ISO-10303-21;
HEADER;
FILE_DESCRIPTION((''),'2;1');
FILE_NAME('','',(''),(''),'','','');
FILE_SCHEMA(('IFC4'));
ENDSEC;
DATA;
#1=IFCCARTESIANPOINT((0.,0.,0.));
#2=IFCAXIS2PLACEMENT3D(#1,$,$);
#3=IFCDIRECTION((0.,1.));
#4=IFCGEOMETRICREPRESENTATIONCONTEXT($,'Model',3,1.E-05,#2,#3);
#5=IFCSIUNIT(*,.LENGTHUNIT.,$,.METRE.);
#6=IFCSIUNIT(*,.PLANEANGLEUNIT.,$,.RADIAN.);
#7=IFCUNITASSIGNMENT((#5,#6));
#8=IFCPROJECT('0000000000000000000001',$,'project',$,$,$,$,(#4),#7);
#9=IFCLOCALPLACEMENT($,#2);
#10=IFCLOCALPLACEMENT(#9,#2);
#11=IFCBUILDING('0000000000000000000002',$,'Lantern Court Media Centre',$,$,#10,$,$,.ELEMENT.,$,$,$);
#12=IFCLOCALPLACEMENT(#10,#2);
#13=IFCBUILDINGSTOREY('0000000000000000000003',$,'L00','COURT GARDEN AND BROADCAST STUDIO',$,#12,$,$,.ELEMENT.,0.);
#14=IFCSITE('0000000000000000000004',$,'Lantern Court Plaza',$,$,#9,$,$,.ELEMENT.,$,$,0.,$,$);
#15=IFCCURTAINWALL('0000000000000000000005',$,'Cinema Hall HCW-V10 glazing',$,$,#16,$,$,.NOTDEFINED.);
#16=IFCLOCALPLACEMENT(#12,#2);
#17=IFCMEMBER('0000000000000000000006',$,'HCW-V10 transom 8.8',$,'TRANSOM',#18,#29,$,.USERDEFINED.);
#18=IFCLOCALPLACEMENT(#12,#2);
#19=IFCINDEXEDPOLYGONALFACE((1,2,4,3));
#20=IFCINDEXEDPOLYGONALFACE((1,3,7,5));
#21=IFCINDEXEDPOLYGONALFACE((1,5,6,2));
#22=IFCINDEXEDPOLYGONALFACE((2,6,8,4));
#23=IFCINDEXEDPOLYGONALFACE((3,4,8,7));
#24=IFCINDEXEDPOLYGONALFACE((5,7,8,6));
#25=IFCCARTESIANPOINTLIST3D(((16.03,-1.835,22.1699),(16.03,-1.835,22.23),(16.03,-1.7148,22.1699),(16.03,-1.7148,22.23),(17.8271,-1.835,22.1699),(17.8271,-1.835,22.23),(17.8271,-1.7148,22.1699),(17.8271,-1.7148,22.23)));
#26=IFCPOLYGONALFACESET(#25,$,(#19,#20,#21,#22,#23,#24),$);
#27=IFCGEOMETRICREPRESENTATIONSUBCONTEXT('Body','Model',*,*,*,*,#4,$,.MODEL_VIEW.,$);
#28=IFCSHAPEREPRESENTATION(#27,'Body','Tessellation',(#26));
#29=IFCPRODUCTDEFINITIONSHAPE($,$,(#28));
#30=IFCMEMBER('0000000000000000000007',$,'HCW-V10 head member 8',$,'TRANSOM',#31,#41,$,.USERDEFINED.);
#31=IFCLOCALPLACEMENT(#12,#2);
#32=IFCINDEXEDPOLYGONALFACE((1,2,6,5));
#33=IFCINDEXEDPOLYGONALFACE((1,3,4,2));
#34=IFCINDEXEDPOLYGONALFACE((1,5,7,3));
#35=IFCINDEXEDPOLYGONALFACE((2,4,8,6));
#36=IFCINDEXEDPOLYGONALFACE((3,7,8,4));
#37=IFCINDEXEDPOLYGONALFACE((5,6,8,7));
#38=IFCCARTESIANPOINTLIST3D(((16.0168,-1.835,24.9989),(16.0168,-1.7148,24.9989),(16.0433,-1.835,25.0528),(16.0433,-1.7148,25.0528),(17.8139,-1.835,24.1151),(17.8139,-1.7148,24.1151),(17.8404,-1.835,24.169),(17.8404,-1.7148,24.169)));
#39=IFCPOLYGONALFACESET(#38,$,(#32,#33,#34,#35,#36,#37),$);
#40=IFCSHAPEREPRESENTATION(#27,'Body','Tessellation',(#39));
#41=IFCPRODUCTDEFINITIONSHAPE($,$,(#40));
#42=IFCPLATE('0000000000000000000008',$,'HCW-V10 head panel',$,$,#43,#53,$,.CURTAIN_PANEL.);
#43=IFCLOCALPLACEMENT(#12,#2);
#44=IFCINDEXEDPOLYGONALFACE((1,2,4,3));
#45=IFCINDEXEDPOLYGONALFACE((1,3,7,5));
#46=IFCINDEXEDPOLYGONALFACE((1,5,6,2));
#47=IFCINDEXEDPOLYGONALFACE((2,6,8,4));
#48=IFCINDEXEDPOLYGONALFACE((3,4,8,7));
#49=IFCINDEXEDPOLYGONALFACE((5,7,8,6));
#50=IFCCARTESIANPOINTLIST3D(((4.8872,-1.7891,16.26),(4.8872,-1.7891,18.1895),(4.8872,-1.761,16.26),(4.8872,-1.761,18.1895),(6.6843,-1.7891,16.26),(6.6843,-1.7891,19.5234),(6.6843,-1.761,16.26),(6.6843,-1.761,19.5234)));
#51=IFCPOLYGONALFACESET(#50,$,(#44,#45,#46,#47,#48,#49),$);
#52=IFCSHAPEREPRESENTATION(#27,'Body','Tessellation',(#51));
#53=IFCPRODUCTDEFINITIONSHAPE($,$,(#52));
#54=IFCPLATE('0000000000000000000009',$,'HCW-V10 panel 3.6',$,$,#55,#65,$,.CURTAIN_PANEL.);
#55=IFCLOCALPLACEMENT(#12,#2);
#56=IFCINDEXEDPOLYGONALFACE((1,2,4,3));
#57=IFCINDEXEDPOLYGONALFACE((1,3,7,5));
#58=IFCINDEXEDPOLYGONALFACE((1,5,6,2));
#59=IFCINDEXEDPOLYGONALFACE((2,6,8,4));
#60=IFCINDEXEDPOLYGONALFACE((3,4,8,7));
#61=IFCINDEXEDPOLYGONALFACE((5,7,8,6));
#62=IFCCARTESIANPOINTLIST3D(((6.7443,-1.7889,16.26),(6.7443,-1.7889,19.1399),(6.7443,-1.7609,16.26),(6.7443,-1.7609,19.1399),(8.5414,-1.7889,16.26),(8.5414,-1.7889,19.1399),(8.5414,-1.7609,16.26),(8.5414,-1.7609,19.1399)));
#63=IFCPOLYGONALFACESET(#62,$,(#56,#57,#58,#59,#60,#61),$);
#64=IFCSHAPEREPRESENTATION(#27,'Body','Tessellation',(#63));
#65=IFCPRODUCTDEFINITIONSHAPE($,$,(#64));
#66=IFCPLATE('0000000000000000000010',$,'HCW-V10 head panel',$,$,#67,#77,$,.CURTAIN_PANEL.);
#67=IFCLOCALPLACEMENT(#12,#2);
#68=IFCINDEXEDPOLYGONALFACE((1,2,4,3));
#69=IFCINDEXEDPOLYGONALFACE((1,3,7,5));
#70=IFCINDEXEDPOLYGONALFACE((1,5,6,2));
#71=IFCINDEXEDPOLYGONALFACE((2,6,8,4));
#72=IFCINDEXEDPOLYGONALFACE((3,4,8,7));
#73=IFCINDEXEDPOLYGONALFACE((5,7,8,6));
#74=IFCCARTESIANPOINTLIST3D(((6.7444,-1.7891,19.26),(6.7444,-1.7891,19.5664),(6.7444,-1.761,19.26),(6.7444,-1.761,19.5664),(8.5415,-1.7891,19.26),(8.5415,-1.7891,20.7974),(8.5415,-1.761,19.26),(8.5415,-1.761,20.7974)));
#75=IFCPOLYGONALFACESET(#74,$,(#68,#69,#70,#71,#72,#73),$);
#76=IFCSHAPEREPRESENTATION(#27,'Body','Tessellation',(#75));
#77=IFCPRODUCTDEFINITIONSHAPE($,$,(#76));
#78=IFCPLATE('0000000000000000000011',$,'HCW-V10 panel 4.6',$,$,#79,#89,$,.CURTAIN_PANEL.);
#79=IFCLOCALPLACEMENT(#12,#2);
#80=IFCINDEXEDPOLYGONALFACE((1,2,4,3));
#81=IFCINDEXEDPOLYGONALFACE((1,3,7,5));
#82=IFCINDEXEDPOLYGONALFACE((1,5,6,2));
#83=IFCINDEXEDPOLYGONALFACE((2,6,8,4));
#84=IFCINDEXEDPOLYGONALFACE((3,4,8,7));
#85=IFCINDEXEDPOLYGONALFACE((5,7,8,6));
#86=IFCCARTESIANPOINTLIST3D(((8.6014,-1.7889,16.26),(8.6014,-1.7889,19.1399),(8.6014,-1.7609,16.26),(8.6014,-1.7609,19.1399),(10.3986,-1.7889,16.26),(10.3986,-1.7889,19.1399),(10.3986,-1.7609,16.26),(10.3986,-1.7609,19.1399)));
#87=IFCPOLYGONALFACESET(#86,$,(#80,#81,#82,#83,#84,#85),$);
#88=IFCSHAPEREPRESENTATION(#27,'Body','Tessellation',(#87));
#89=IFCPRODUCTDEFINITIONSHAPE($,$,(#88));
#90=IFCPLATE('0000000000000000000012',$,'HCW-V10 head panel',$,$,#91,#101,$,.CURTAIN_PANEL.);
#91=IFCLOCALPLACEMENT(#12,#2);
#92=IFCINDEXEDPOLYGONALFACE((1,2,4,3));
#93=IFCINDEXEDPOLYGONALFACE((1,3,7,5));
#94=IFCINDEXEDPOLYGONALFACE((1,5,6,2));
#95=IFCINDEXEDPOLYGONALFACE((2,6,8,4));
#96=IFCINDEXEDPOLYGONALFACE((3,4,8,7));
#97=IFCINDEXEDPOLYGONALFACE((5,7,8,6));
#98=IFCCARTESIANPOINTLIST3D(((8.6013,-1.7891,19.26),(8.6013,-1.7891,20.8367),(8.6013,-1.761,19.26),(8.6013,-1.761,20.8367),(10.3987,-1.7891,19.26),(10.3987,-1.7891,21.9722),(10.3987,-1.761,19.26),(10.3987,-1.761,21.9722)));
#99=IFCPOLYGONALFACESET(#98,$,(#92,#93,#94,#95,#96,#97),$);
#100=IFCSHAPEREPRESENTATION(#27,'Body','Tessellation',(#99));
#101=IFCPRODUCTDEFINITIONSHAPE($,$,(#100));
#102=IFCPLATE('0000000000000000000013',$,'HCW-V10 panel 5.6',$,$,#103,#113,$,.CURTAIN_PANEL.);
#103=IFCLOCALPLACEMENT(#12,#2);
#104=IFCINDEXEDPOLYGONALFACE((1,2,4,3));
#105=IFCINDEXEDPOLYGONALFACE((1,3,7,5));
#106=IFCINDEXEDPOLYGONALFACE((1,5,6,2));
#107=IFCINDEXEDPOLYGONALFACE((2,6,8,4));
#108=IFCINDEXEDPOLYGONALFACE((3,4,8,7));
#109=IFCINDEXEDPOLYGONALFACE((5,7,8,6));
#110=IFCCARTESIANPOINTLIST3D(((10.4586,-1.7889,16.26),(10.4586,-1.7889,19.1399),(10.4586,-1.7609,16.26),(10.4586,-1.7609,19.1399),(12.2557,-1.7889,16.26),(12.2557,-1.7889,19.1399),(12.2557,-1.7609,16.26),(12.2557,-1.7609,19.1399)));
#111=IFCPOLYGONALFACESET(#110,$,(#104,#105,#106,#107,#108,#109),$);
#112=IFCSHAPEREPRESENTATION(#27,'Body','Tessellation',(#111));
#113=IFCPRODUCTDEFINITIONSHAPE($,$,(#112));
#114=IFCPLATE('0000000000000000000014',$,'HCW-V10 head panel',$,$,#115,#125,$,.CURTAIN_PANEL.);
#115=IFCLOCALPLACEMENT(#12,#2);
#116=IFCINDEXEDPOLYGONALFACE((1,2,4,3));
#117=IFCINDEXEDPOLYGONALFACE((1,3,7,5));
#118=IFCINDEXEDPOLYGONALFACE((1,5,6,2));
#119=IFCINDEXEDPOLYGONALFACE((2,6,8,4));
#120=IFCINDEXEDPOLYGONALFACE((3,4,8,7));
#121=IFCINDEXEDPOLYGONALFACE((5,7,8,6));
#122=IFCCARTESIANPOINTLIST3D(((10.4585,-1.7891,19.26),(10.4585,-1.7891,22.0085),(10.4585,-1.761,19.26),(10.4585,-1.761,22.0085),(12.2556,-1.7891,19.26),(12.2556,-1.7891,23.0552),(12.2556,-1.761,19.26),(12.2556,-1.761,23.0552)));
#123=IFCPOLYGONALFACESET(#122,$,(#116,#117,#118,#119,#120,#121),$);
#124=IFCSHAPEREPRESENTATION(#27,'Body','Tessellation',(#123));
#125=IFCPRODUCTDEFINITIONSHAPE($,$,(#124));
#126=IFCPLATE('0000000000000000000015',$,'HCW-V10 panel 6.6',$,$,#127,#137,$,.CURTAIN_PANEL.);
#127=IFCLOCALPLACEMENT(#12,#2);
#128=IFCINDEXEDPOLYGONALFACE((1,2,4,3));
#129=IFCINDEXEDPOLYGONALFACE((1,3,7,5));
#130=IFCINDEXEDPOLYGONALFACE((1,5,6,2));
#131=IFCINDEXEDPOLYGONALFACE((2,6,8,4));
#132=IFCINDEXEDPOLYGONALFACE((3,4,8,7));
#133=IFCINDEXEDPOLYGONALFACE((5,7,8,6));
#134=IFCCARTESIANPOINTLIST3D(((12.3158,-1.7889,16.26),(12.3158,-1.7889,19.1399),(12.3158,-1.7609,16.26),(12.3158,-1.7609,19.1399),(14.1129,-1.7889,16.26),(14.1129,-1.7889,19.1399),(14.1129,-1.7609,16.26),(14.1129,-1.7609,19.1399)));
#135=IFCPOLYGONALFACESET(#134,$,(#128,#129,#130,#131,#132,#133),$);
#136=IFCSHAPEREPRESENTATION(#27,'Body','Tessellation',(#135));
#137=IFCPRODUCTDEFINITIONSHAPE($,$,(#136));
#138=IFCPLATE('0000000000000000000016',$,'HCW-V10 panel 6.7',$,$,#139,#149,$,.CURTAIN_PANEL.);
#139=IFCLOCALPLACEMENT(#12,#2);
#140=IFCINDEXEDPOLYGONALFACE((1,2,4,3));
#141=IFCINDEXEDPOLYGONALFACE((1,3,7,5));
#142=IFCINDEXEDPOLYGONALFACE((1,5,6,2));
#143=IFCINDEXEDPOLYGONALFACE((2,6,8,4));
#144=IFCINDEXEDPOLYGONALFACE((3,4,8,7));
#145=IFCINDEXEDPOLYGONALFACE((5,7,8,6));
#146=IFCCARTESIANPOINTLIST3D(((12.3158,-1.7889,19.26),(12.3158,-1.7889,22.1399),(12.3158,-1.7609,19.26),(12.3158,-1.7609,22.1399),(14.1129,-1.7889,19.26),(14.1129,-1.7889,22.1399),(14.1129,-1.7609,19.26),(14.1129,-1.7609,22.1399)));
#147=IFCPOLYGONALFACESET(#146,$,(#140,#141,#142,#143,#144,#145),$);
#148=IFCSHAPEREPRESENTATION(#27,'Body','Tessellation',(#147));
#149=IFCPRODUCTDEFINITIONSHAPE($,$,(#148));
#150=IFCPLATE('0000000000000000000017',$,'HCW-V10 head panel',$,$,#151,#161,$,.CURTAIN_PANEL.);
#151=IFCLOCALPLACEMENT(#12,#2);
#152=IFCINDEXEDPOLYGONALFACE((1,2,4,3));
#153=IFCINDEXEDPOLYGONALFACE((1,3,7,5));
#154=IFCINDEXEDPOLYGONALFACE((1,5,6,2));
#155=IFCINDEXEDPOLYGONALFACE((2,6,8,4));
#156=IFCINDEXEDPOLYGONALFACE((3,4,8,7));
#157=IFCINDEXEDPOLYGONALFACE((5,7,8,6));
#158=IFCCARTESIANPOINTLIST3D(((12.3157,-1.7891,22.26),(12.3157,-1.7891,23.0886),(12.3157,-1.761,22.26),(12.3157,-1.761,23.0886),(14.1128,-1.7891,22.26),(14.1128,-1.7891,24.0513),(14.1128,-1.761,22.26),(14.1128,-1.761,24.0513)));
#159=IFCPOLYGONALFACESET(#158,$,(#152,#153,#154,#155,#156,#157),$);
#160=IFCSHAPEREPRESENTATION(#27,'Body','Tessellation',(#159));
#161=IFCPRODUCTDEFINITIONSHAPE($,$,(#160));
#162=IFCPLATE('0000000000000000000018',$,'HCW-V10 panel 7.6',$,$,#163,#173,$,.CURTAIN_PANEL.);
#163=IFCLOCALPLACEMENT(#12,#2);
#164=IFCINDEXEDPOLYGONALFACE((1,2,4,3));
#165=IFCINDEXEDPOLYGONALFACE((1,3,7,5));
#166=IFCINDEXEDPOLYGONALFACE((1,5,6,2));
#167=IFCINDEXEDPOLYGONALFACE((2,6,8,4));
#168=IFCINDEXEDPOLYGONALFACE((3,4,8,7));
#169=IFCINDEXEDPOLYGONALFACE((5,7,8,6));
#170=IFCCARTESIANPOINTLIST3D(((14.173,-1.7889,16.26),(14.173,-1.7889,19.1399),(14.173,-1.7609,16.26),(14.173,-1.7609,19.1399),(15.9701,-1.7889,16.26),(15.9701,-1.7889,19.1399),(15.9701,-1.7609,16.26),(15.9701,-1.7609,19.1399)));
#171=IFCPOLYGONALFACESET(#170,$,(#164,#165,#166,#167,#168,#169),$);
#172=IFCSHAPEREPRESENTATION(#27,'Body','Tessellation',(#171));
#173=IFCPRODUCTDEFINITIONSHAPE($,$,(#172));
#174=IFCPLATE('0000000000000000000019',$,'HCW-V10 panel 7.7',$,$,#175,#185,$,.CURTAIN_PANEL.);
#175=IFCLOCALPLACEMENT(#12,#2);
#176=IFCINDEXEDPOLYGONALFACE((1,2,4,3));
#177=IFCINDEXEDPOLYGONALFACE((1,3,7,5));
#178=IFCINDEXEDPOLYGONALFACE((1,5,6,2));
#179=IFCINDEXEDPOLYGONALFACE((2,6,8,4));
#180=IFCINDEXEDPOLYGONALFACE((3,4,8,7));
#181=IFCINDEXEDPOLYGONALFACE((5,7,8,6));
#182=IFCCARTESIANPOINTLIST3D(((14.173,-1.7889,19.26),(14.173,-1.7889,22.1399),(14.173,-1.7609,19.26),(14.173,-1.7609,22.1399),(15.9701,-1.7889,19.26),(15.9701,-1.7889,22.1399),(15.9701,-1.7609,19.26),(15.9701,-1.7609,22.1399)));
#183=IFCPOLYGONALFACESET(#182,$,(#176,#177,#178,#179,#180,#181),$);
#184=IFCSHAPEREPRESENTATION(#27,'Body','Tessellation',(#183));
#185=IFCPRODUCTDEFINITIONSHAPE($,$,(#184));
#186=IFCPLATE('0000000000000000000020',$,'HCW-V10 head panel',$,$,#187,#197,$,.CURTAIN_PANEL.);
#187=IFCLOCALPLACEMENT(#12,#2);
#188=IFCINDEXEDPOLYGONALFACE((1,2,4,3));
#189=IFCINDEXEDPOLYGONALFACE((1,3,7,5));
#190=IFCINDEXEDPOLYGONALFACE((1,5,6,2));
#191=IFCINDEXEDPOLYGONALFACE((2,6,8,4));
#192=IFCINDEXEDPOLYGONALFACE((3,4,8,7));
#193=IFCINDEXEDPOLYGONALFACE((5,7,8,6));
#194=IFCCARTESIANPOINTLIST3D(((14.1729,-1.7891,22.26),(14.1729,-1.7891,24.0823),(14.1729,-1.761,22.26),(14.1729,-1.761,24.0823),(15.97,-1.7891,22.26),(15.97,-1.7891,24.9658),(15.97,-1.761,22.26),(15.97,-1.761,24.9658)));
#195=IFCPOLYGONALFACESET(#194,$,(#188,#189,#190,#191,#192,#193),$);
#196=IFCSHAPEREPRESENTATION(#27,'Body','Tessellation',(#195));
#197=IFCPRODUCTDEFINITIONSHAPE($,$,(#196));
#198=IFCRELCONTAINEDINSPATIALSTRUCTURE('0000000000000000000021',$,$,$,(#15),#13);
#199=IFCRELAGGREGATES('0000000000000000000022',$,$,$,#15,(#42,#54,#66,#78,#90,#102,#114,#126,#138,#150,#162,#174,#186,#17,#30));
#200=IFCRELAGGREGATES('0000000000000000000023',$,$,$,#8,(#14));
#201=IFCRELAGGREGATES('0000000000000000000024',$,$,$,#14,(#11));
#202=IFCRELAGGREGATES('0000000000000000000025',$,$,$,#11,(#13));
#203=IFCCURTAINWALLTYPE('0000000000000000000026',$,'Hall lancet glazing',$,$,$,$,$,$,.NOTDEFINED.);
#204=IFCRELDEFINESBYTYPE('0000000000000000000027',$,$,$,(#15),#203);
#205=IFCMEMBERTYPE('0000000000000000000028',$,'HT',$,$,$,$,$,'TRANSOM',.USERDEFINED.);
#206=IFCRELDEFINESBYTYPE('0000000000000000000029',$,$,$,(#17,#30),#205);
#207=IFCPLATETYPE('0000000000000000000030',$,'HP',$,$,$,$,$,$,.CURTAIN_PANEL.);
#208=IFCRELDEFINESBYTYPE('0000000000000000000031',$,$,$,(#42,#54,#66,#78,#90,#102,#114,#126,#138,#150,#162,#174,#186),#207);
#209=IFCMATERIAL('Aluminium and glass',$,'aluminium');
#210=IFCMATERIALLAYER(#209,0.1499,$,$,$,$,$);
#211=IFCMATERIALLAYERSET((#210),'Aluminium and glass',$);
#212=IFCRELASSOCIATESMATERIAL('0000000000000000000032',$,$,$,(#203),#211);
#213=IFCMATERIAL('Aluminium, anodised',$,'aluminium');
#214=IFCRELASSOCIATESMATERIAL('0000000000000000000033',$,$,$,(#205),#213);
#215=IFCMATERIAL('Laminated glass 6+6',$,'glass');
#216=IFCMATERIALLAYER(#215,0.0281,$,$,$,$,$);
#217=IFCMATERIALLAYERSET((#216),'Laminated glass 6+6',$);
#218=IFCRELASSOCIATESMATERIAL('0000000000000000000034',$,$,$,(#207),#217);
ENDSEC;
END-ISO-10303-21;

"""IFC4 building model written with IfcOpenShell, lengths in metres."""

from ifc_helpers import new_model, si_unit, direction, frame, origin, origin_2d, place, context, subcontext, project, spatial, polyline, rectangle, outline, extrude, material, layer, layer_set, material_profile, profile_set, type_object, element, aggregate, save


model = new_model("IFC4")

# Units and contexts
model_context = context("Model", 3, precision=1e-05, world=origin(), true_north=direction((0.0, 1.0)))
body_context = subcontext(model_context, "Body", "Model", "MODEL_VIEW")
ifc_project = project(units=[si_unit("LENGTHUNIT", "METRE"), si_unit("PLANEANGLEUNIT", "RADIAN")], contexts=[model_context])

# Site, building, storey
site_placement = place(None, origin())
site = spatial("IfcSite", under=ifc_project, at=site_placement, Name="Lantern Court Plaza", CompositionType="ELEMENT", RefElevation=0.0)
building_placement = place(site_placement, origin())
building = spatial("IfcBuilding", under=site, at=building_placement, Name="Lantern Court Media Centre", CompositionType="ELEMENT")
storey_placement = place(building_placement, origin())
storey = spatial("IfcBuildingStorey", under=building, at=storey_placement, Name="L00", Description="COURT GARDEN AND BROADCAST STUDIO", CompositionType="ELEMENT", Elevation=0.0)

# Curtain wall, members, plates
ifc_material_1 = material(Name="Aluminium and glass", Category="aluminium")
ifc_layer_1 = layer(ifc_material_1, 0.1499)
ifc_layer_set_1 = layer_set([ifc_layer_1], Name="Aluminium and glass")
curtain_wall_type = type_object("IfcCurtainWallType", Name="Hall lancet glazing", PredefinedType="NOTDEFINED", material=ifc_layer_set_1)
curtain_wall_placement = place(storey_placement, origin())
curtain_wall = element("IfcCurtainWall", 1, at=curtain_wall_placement, inside=storey, type_object=curtain_wall_type, Name="Cinema Hall HCW-V10 glazing", PredefinedType="NOTDEFINED")
ifc_material_2 = material(Name="Aluminium, anodised", Category="aluminium")
ifc_material_profile = material_profile(ifc_material_2, rectangle(XDim=0.1201, YDim=0.0601, at=origin_2d()), Name="HT")
ifc_profile_set = profile_set([ifc_material_profile], Name="Aluminium, anodised")
member_type = type_object("IfcMemberType", Name="HT", ElementType="TRANSOM", PredefinedType="USERDEFINED", material=ifc_profile_set)
member_1_placement = place(storey_placement, frame((16.03, -1.7749, 22.2), z_axis=(1.0, 0.0, 0.0), x_axis=(0.0, 1.0, 0.0)))
member_1 = element("IfcMember", 2, at=member_1_placement, type_object=member_type, Name="HCW-V10 transom 8.8", ObjectType="TRANSOM", PredefinedType="USERDEFINED", context=body_context, shape_type="SweptSolid", body=[
    extrude(rectangle(XDim=0.1201, YDim=0.0601, at=origin_2d()), origin(), (0.0, 0.0, 1.0), 1.7971),
])
member_2_placement = place(storey_placement, frame((16.03, -1.7749, 25.0259), z_axis=(0.897358, 0.0, -0.441304), x_axis=(0.0, 1.0, 0.0)))
member_2 = element("IfcMember", 3, at=member_2_placement, type_object=member_type, Name="HCW-V10 head member 8", ObjectType="TRANSOM", PredefinedType="USERDEFINED", context=body_context, shape_type="SweptSolid", body=[
    extrude(rectangle(XDim=0.1201, YDim=0.0601, at=origin_2d()), origin(), (0.0, 0.0, 1.0), 2.0027),
])
ifc_material_3 = material(Name="Laminated glass 6+6", Category="glass")
ifc_layer_2 = layer(ifc_material_3, 0.0281)
ifc_layer_set_2 = layer_set([ifc_layer_2], Name="Laminated glass 6+6")
plate_type = type_object("IfcPlateType", Name="HP", PredefinedType="CURTAIN_PANEL", material=ifc_layer_set_2)
plate_1_placement = place(storey_placement, frame((4.8872, -1.7891, 16.26), z_axis=(0.0, -1.0, 0.0), x_axis=(1.0, 0.0, 0.0)))
plate_1 = element("IfcPlate", 4, at=plate_1_placement, type_object=plate_type, Name="HCW-V10 head panel", PredefinedType="CURTAIN_PANEL", context=body_context, shape_type="SweptSolid", body=[
    extrude(outline(polyline([(0.0, 0.0), (1.7971, 0.0), (1.7971, 3.2634), (0.0, 1.9294), (0.0, 0.0)])), origin(), (0.0, 0.0, -1.0), 0.0281),
])
plate_2_placement = place(storey_placement, frame((7.6428, -1.7749, 16.26), z_axis=(0.0, 0.0, 1.0), x_axis=(1.0, 0.0, 0.0)))
plate_2 = element("IfcPlate", 5, at=plate_2_placement, type_object=plate_type, Name="HCW-V10 panel 3.6", PredefinedType="CURTAIN_PANEL", context=body_context, shape_type="SweptSolid", body=[
    extrude(rectangle(XDim=1.7971, YDim=0.0281, at=origin_2d()), origin(), (0.0, 0.0, 1.0), 2.8799),
])
plate_3_placement = place(storey_placement, frame((6.7444, -1.7891, 19.26), z_axis=(0.0, -1.0, 0.0), x_axis=(1.0, 0.0, 0.0)))
plate_3 = element("IfcPlate", 6, at=plate_3_placement, type_object=plate_type, Name="HCW-V10 head panel", PredefinedType="CURTAIN_PANEL", context=body_context, shape_type="SweptSolid", body=[
    extrude(outline(polyline([(0.0, 0.0), (1.7971, 0.0), (1.7971, 1.5374), (0.0, 0.3064), (0.0, 0.0)])), origin(), (0.0, 0.0, -1.0), 0.0281),
])
plate_4_placement = place(storey_placement, frame((9.5, -1.7749, 16.26), z_axis=(0.0, 0.0, 1.0), x_axis=(1.0, 0.0, 0.0)))
plate_4 = element("IfcPlate", 7, at=plate_4_placement, type_object=plate_type, Name="HCW-V10 panel 4.6", PredefinedType="CURTAIN_PANEL", context=body_context, shape_type="SweptSolid", body=[
    extrude(rectangle(XDim=1.7971, YDim=0.0281, at=origin_2d()), origin(), (0.0, 0.0, 1.0), 2.8799),
])
plate_5_placement = place(storey_placement, frame((8.6013, -1.7891, 19.26), z_axis=(0.0, -1.0, 0.0), x_axis=(1.0, 0.0, 0.0)))
plate_5 = element("IfcPlate", 8, at=plate_5_placement, type_object=plate_type, Name="HCW-V10 head panel", PredefinedType="CURTAIN_PANEL", context=body_context, shape_type="SweptSolid", body=[
    extrude(outline(polyline([(0.0, 0.0), (1.7974, 0.0), (1.7974, 2.7122), (0.0, 1.5767), (0.0, 0.0)])), origin(), (0.0, 0.0, -1.0), 0.0281),
])
plate_6_placement = place(storey_placement, frame((11.3572, -1.7749, 16.26), z_axis=(0.0, 0.0, 1.0), x_axis=(1.0, 0.0, 0.0)))
plate_6 = element("IfcPlate", 9, at=plate_6_placement, type_object=plate_type, Name="HCW-V10 panel 5.6", PredefinedType="CURTAIN_PANEL", context=body_context, shape_type="SweptSolid", body=[
    extrude(rectangle(XDim=1.7971, YDim=0.0281, at=origin_2d()), origin(), (0.0, 0.0, 1.0), 2.8799),
])
plate_7_placement = place(storey_placement, frame((10.4585, -1.7891, 19.26), z_axis=(0.0, -1.0, 0.0), x_axis=(1.0, 0.0, 0.0)))
plate_7 = element("IfcPlate", 10, at=plate_7_placement, type_object=plate_type, Name="HCW-V10 head panel", PredefinedType="CURTAIN_PANEL", context=body_context, shape_type="SweptSolid", body=[
    extrude(outline(polyline([(0.0, 0.0), (1.7971, 0.0), (1.7971, 3.7952), (0.0, 2.7485), (0.0, 0.0)])), origin(), (0.0, 0.0, -1.0), 0.0281),
])
plate_8_placement = place(storey_placement, frame((13.2144, -1.7749, 16.26), z_axis=(0.0, 0.0, 1.0), x_axis=(1.0, 0.0, 0.0)))
plate_8 = element("IfcPlate", 11, at=plate_8_placement, type_object=plate_type, Name="HCW-V10 panel 6.6", PredefinedType="CURTAIN_PANEL", context=body_context, shape_type="SweptSolid", body=[
    extrude(rectangle(XDim=1.7971, YDim=0.0281, at=origin_2d()), origin(), (0.0, 0.0, 1.0), 2.8799),
])
plate_9_placement = place(storey_placement, frame((13.2144, -1.7749, 19.26), z_axis=(0.0, 0.0, 1.0), x_axis=(1.0, 0.0, 0.0)))
plate_9 = element("IfcPlate", 12, at=plate_9_placement, type_object=plate_type, Name="HCW-V10 panel 6.7", PredefinedType="CURTAIN_PANEL", context=body_context, shape_type="SweptSolid", body=[
    extrude(rectangle(XDim=1.7971, YDim=0.0281, at=origin_2d()), origin(), (0.0, 0.0, 1.0), 2.8799),
])
plate_10_placement = place(storey_placement, frame((12.3157, -1.7891, 22.26), z_axis=(0.0, -1.0, 0.0), x_axis=(1.0, 0.0, 0.0)))
plate_10 = element("IfcPlate", 13, at=plate_10_placement, type_object=plate_type, Name="HCW-V10 head panel", PredefinedType="CURTAIN_PANEL", context=body_context, shape_type="SweptSolid", body=[
    extrude(outline(polyline([(0.0, 0.0), (1.7971, 0.0), (1.7971, 1.7913), (0.0, 0.8286), (0.0, 0.0)])), origin(), (0.0, 0.0, -1.0), 0.0281),
])
plate_11_placement = place(storey_placement, frame((15.0715, -1.7749, 16.26), z_axis=(0.0, 0.0, 1.0), x_axis=(1.0, 0.0, 0.0)))
plate_11 = element("IfcPlate", 14, at=plate_11_placement, type_object=plate_type, Name="HCW-V10 panel 7.6", PredefinedType="CURTAIN_PANEL", context=body_context, shape_type="SweptSolid", body=[
    extrude(rectangle(XDim=1.7971, YDim=0.0281, at=origin_2d()), origin(), (0.0, 0.0, 1.0), 2.8799),
])
plate_12_placement = place(storey_placement, frame((15.0715, -1.7749, 19.26), z_axis=(0.0, 0.0, 1.0), x_axis=(1.0, 0.0, 0.0)))
plate_12 = element("IfcPlate", 15, at=plate_12_placement, type_object=plate_type, Name="HCW-V10 panel 7.7", PredefinedType="CURTAIN_PANEL", context=body_context, shape_type="SweptSolid", body=[
    extrude(rectangle(XDim=1.7971, YDim=0.0281, at=origin_2d()), origin(), (0.0, 0.0, 1.0), 2.8799),
])
plate_13_placement = place(storey_placement, frame((14.1729, -1.7891, 22.26), z_axis=(0.0, -1.0, 0.0), x_axis=(1.0, 0.0, 0.0)))
plate_13 = element("IfcPlate", 16, at=plate_13_placement, type_object=plate_type, Name="HCW-V10 head panel", PredefinedType="CURTAIN_PANEL", context=body_context, shape_type="SweptSolid", body=[
    extrude(outline(polyline([(0.0, 0.0), (1.7971, 0.0), (1.7971, 2.7058), (0.0, 1.8223), (0.0, 0.0)])), origin(), (0.0, 0.0, -1.0), 0.0281),
])
aggregate(curtain_wall, [plate_1, plate_2, plate_3, plate_4, plate_5, plate_6, plate_7, plate_8, plate_9, plate_10, plate_11, plate_12, plate_13, member_1, member_2])

save(model, "model.ifc")
